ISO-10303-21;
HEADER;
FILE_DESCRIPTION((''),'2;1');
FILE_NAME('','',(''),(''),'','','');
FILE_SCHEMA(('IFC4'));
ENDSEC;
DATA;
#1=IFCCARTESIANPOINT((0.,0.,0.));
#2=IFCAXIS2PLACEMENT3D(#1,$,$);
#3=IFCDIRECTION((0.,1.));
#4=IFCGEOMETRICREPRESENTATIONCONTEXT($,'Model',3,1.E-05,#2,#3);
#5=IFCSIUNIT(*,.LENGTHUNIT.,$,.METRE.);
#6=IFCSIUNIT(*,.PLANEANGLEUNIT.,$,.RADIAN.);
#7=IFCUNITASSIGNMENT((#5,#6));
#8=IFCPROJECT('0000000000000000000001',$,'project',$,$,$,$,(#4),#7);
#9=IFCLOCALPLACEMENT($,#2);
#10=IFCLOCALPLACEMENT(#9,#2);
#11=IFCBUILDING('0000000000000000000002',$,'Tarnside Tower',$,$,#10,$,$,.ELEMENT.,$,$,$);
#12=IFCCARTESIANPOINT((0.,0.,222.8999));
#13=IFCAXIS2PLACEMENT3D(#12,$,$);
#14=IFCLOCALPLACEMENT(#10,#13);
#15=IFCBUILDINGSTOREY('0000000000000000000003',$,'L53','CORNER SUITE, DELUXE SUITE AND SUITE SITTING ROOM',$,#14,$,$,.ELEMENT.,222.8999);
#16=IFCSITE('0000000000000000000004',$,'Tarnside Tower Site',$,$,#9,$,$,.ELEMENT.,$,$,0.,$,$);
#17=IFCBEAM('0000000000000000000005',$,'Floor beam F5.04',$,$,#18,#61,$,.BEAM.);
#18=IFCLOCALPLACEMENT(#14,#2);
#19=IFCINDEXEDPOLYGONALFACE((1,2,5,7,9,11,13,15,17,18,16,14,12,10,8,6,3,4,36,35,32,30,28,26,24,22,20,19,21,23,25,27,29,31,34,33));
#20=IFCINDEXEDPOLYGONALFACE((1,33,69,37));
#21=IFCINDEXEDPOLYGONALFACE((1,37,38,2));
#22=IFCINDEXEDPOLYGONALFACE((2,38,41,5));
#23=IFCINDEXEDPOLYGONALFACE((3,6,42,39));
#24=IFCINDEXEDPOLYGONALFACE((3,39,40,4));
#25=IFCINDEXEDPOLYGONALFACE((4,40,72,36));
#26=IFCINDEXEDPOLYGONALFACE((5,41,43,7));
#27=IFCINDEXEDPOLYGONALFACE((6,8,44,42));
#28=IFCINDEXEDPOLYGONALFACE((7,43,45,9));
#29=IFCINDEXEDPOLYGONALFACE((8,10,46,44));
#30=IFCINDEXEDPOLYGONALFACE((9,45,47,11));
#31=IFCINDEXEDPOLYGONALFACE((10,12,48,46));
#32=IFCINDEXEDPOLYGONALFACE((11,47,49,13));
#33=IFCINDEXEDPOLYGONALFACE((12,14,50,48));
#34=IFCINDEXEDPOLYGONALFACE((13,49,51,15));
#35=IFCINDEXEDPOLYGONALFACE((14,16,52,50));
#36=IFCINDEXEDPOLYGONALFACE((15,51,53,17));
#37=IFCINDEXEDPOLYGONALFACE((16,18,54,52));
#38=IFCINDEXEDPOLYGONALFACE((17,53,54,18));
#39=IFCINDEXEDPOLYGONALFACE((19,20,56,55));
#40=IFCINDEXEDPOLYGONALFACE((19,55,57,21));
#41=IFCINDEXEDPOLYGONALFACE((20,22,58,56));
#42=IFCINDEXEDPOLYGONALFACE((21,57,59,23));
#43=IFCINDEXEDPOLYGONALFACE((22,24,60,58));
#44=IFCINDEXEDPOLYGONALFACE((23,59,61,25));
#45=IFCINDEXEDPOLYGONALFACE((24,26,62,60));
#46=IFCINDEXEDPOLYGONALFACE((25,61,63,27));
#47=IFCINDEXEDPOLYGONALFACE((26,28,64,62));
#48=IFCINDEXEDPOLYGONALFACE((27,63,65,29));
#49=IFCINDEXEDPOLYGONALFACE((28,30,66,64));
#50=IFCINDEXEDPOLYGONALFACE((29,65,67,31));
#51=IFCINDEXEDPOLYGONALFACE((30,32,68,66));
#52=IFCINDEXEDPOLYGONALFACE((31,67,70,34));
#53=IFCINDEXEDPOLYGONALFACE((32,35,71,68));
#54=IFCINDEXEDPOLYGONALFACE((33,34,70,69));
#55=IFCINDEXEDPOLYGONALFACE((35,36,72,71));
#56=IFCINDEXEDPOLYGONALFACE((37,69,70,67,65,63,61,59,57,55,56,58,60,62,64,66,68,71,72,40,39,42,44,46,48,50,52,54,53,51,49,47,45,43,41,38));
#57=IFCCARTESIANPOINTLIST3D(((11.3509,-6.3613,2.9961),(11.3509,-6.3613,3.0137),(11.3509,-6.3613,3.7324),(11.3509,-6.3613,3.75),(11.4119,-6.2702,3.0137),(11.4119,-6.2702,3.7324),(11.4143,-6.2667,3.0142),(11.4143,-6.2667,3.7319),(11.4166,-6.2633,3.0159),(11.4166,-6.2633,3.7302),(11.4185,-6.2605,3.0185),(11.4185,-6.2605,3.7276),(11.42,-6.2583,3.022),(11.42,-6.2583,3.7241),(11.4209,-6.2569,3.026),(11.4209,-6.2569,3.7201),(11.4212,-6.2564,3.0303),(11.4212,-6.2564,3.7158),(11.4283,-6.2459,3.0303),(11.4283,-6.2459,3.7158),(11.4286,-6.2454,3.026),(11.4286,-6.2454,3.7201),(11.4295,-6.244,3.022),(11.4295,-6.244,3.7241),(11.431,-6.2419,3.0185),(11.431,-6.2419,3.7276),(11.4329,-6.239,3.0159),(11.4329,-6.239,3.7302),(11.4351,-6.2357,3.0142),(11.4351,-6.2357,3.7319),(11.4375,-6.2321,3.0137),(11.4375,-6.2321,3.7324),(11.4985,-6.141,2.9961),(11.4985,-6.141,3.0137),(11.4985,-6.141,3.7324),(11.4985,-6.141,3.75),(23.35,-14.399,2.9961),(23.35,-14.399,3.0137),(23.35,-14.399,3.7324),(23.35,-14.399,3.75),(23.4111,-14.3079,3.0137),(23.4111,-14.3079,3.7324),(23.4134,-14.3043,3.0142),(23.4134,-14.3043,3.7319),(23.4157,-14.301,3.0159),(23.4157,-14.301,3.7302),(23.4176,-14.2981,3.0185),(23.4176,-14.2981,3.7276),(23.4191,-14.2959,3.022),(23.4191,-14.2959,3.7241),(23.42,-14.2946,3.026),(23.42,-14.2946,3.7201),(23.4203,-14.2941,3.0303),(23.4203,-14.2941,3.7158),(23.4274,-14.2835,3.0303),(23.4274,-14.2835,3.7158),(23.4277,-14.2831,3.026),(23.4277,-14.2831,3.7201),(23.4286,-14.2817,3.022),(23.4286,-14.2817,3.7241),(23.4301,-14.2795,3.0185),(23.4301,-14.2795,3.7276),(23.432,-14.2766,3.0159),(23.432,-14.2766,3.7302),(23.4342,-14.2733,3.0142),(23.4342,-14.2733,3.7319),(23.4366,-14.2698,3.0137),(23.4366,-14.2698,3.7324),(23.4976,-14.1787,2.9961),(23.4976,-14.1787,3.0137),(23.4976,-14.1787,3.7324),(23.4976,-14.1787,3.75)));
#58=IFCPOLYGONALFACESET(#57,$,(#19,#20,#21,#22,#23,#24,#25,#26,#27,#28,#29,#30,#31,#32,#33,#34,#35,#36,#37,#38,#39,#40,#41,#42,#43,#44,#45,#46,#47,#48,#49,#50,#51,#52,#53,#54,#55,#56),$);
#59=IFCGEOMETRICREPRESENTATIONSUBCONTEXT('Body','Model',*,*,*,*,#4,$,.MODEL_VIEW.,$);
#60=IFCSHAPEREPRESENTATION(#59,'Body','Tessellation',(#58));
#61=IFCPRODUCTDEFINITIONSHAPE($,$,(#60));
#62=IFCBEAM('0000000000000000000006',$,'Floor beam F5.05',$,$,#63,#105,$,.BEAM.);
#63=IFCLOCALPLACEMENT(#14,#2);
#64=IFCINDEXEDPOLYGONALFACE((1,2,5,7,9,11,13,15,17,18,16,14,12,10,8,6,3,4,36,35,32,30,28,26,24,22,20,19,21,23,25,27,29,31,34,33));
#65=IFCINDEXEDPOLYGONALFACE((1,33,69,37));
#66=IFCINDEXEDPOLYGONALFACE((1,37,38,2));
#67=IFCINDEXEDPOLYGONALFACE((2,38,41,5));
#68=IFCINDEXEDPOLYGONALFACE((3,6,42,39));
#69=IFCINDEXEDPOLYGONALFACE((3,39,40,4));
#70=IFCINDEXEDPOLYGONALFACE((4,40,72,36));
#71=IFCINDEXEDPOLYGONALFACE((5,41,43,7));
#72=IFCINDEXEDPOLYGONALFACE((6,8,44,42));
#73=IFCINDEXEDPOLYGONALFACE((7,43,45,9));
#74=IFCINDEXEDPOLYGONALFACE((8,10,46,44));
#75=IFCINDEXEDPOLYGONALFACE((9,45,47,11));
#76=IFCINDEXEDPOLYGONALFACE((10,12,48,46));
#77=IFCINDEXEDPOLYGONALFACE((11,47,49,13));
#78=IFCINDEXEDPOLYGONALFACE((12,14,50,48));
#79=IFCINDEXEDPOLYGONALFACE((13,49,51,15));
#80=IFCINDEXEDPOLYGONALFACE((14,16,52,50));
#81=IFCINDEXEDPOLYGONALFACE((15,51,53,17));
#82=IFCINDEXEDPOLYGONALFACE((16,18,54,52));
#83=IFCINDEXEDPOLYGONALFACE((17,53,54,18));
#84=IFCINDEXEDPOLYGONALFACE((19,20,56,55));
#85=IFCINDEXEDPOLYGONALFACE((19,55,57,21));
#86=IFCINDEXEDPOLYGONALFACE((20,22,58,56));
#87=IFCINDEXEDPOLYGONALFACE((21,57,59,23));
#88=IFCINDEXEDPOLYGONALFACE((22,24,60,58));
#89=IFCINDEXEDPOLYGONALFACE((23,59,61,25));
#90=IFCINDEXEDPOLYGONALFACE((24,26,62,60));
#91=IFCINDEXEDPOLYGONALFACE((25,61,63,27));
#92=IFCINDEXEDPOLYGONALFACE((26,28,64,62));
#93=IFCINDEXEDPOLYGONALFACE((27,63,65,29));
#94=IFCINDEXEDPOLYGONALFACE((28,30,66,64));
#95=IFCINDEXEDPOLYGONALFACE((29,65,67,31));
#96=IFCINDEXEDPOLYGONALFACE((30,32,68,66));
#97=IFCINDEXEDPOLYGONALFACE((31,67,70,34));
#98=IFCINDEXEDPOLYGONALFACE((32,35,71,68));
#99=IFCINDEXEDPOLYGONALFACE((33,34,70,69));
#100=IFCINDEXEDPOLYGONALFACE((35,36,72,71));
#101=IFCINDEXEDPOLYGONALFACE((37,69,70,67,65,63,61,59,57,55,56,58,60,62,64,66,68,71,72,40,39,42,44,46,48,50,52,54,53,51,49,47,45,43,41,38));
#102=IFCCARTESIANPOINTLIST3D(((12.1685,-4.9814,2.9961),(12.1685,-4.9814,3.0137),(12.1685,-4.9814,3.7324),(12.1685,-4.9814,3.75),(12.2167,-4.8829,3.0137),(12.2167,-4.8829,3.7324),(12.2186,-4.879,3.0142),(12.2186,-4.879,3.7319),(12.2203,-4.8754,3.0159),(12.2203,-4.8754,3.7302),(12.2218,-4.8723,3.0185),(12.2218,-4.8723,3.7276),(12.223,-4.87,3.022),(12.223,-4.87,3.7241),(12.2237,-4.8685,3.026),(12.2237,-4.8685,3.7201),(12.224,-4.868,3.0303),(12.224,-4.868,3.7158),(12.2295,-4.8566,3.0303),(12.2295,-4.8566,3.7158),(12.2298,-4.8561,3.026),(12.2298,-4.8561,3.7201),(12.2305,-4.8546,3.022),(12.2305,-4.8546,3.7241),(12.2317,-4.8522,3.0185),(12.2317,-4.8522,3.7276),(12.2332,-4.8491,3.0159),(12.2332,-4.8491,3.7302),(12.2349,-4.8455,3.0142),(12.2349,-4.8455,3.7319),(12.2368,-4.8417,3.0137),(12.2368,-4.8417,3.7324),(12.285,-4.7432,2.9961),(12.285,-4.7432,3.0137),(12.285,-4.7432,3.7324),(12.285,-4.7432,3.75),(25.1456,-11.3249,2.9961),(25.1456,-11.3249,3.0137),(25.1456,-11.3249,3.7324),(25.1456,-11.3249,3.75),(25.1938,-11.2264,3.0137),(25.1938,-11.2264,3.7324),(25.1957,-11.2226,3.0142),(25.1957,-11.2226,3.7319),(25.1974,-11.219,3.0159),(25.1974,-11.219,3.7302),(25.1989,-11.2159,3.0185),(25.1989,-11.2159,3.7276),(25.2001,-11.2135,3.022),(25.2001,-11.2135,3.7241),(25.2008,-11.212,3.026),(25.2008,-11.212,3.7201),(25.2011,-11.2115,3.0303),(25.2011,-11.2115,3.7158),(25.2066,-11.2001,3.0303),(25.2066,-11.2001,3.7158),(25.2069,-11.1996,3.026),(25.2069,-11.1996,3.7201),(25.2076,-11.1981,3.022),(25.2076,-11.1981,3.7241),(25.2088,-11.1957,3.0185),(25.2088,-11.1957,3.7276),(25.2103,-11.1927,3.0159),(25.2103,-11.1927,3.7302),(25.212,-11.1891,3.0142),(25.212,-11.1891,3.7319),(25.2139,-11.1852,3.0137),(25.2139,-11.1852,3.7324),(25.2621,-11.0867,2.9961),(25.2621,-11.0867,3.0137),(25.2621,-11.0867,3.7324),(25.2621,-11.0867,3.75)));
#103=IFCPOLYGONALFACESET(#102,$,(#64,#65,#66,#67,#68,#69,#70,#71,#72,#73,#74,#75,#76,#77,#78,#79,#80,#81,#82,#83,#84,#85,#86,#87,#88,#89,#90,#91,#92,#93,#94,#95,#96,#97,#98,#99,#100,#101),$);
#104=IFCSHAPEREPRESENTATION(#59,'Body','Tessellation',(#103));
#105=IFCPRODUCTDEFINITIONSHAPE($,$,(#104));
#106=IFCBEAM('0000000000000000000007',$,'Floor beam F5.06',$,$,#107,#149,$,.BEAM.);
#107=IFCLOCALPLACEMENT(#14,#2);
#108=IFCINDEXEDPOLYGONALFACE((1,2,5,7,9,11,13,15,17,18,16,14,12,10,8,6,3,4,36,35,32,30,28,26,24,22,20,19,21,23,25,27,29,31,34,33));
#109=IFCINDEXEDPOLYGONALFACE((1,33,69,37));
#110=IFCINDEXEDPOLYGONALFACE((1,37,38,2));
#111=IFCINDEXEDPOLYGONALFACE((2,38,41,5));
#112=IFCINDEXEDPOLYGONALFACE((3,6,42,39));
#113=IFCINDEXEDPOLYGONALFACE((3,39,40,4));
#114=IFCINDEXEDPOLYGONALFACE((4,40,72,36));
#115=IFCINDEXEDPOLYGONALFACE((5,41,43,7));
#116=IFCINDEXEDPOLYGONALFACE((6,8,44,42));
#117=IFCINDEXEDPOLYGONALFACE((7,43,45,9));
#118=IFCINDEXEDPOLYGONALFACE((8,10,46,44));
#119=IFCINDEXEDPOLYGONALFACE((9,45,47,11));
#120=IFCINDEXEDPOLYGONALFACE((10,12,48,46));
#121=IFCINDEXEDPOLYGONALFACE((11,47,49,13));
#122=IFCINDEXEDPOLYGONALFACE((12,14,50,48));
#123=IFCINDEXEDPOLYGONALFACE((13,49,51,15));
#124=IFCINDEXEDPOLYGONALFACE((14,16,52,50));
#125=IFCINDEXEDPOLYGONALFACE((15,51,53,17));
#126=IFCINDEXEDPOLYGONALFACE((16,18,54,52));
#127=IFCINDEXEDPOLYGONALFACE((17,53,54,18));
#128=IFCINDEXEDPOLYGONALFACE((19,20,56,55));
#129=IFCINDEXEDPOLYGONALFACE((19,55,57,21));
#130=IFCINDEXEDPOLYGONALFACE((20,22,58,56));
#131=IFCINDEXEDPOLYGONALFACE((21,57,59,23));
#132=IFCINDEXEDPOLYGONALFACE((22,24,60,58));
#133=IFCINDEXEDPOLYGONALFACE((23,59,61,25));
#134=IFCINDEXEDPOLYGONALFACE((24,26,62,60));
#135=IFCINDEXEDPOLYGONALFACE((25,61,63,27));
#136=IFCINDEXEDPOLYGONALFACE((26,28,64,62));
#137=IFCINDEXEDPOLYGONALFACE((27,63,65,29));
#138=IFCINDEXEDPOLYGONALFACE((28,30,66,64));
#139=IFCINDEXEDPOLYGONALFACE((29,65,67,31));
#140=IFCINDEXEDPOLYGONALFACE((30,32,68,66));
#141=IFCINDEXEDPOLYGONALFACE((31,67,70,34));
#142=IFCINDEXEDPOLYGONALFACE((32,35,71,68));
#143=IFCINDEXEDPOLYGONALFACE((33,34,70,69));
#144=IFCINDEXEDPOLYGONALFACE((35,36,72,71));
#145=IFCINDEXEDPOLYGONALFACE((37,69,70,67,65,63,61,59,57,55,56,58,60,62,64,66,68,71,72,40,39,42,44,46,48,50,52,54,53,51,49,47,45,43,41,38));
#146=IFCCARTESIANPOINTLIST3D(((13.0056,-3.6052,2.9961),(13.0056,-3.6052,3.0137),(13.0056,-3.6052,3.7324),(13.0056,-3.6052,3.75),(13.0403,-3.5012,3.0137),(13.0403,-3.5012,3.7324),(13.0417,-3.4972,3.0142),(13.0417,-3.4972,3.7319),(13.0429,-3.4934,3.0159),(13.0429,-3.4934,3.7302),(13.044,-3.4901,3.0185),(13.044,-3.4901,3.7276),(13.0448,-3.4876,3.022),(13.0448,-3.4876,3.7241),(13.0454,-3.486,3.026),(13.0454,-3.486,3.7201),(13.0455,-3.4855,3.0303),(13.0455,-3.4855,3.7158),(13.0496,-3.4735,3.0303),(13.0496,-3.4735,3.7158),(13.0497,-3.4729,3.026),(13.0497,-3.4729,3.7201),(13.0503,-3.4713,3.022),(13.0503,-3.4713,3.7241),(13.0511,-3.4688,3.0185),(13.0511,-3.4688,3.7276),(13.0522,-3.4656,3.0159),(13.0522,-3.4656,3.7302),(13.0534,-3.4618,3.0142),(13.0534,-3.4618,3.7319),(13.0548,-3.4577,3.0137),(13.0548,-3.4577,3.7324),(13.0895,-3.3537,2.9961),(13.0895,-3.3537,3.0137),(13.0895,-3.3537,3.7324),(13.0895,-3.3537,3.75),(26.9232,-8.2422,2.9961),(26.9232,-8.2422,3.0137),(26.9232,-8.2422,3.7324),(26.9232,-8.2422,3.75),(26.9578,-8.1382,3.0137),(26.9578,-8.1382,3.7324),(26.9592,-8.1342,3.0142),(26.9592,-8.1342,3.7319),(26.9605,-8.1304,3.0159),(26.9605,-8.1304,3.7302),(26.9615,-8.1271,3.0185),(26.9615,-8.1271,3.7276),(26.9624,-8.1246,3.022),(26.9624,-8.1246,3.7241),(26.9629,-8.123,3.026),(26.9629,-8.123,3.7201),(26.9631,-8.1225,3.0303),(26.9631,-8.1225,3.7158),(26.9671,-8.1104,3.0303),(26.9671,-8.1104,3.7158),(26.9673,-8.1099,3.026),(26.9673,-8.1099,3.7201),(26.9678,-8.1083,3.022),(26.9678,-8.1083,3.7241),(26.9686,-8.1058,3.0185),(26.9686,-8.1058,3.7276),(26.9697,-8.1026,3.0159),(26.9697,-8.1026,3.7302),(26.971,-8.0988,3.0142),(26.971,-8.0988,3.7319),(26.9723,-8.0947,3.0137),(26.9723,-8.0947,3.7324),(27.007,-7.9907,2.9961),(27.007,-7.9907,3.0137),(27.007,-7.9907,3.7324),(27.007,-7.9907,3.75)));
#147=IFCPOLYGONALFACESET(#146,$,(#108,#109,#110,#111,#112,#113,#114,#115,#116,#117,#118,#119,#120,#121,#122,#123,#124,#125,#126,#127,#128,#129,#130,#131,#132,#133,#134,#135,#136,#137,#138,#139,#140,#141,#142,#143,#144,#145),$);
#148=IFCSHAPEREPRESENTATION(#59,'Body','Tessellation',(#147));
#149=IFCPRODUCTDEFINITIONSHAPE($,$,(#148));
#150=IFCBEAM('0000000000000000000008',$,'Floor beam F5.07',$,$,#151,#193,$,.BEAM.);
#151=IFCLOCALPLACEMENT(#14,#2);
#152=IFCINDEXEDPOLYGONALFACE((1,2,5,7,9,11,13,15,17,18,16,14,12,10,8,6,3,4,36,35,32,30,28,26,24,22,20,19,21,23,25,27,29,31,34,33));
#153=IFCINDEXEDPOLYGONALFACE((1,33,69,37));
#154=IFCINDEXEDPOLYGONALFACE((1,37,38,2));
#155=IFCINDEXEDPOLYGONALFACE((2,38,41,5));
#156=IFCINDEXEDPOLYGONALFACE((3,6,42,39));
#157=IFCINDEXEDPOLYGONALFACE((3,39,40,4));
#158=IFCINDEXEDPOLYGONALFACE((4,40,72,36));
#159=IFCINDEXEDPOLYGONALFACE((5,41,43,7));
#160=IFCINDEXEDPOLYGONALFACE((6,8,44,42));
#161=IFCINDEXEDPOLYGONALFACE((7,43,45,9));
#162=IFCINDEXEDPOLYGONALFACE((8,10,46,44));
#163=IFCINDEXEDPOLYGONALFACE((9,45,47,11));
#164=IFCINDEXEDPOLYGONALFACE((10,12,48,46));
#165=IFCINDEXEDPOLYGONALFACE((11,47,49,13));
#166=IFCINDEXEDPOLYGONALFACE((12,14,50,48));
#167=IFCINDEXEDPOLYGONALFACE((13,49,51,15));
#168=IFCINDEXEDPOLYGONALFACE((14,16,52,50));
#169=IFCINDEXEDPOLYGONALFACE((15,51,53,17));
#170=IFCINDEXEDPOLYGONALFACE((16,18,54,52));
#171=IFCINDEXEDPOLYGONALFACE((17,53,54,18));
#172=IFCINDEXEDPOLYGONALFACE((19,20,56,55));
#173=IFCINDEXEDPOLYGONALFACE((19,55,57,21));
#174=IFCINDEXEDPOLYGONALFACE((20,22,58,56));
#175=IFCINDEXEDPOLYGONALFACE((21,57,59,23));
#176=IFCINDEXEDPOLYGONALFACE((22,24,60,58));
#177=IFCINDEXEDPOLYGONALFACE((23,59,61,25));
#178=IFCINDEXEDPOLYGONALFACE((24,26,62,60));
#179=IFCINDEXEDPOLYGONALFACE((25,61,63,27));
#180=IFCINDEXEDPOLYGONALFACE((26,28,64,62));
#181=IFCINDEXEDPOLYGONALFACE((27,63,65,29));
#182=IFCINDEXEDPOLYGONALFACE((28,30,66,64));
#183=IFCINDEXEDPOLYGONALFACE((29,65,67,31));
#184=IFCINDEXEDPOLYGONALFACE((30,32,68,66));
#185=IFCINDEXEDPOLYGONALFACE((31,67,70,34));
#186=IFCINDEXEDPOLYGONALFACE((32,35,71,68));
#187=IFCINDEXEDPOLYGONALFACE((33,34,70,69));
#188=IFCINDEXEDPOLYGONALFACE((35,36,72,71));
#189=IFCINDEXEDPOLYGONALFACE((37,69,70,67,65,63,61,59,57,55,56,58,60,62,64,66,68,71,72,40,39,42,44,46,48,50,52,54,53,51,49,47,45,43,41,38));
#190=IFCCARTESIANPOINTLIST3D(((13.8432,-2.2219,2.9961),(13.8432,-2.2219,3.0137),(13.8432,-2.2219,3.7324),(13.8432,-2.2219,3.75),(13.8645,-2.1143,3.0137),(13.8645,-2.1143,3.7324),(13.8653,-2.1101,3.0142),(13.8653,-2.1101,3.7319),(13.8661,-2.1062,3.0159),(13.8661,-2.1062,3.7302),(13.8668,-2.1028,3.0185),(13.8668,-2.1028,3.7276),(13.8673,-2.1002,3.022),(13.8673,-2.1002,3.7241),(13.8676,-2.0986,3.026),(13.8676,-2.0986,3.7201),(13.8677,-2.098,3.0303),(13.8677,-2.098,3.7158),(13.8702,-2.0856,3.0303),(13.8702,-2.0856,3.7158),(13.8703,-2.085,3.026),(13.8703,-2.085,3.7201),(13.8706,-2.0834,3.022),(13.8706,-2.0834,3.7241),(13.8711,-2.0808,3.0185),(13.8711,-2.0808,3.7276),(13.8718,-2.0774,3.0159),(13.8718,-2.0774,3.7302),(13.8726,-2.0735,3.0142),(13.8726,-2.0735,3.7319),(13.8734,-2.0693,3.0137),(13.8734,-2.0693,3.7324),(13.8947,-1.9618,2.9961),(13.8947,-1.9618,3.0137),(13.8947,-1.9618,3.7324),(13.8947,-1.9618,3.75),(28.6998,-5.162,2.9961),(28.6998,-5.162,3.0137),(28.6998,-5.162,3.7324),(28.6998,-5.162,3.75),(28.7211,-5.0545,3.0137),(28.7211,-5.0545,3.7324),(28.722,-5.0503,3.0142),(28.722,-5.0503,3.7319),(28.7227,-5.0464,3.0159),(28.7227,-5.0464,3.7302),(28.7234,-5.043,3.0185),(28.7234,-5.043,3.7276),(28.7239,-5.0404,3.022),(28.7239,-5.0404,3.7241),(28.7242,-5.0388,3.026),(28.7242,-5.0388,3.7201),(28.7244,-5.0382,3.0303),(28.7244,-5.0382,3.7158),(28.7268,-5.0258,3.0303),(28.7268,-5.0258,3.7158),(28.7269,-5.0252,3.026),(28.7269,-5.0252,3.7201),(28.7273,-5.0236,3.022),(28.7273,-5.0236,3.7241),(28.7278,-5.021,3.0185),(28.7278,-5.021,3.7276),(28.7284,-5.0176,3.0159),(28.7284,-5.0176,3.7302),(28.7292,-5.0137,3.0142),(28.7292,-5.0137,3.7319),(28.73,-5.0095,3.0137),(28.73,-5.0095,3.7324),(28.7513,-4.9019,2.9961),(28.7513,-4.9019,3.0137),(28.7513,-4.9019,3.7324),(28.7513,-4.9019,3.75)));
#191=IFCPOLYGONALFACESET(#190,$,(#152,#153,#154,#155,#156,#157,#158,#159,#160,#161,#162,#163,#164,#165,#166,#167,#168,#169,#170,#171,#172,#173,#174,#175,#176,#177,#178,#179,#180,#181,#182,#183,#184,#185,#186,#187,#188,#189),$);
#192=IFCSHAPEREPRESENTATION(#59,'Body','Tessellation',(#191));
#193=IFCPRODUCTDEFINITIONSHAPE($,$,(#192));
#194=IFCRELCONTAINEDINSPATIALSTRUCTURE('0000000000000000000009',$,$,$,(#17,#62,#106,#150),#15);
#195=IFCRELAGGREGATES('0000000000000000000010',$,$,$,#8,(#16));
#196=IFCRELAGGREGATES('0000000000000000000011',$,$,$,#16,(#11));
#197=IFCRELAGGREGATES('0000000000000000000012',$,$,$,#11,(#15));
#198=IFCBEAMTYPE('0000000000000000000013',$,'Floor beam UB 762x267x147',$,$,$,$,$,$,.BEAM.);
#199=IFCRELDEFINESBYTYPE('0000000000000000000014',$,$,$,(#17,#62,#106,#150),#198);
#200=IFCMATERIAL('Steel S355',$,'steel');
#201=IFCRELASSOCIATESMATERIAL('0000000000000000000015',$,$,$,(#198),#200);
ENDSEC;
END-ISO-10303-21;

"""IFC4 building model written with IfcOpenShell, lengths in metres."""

from ifc_helpers import new_model, si_unit, direction, frame, origin, origin_2d, place, context, subcontext, project, spatial, i_section, extrude, material, material_profile, profile_set, type_object, element, save


model = new_model("IFC4")

# Units and contexts
model_context = context("Model", 3, precision=1e-05, world=origin(), true_north=direction((0.0, 1.0)))
body_context = subcontext(model_context, "Body", "Model", "MODEL_VIEW")
ifc_project = project(units=[si_unit("LENGTHUNIT", "METRE"), si_unit("PLANEANGLEUNIT", "RADIAN")], contexts=[model_context])

# Site, building, storey
site_placement = place(None, origin())
site = spatial("IfcSite", under=ifc_project, at=site_placement, Name="Tarnside Tower Site", CompositionType="ELEMENT", RefElevation=0.0)
building_placement = place(site_placement, origin())
building = spatial("IfcBuilding", under=site, at=building_placement, Name="Tarnside Tower", CompositionType="ELEMENT")
storey_placement = place(building_placement, frame((0.0, 0.0, 222.8999)))
storey = spatial("IfcBuildingStorey", under=building, at=storey_placement, Name="L53", Description="CORNER SUITE, DELUXE SUITE AND SUITE SITTING ROOM", CompositionType="ELEMENT", Elevation=222.8999)

# Beams
ifc_material_1 = material(Name="Steel S355", Category="steel")
ifc_material_profile_1 = material_profile(ifc_material_1, i_section(OverallWidth=0.2651, OverallDepth=0.7539, WebThickness=0.0127, FlangeThickness=0.0176, FilletRadius=0.0166, at=origin_2d()), Name="UB 762x267x147")
ifc_profile_set_1 = profile_set([ifc_material_profile_1], Name="Steel S355")
beam_type_1 = type_object("IfcBeamType", Name="Floor beam UB 762x267x147", PredefinedType="BEAM", material=ifc_profile_set_1)
beam_1_placement = place(storey_placement, frame((23.4238, -14.2888, 3.373), z_axis=(-0.830826, 0.556532, 0.0), x_axis=(-0.556532, -0.830826, 0.0)))
element("IfcBeam", 1, at=beam_1_placement, inside=storey, type_object=beam_type_1, Name="Floor beam F5.04", PredefinedType="BEAM", context=body_context, shape_type="SweptSolid", body=[
    extrude(i_section(OverallWidth=0.2651, OverallDepth=0.7539, WebThickness=0.0127, FlangeThickness=0.0176, FilletRadius=0.0166, at=origin_2d()), origin(), (0.0, 0.0, 1.0), 14.4424),
])
beam_2_placement = place(storey_placement, frame((25.2039, -11.2058, 3.373), z_axis=(-0.898407, 0.439164, 0.0), x_axis=(-0.439164, -0.898407, 0.0)))
element("IfcBeam", 2, at=beam_2_placement, inside=storey, type_object=beam_type_1, Name="Floor beam F5.05", PredefinedType="BEAM", context=body_context, shape_type="SweptSolid", body=[
    extrude(i_section(OverallWidth=0.2651, OverallDepth=0.7539, WebThickness=0.0127, FlangeThickness=0.0176, FilletRadius=0.0166, at=origin_2d()), origin(), (0.0, 0.0, 1.0), 14.4446),
])
beam_3_placement = place(storey_placement, frame((26.9651, -8.1165, 3.373), z_axis=(-0.948728, 0.316093, 0.0), x_axis=(-0.316093, -0.948728, 0.0)))
element("IfcBeam", 3, at=beam_3_placement, inside=storey, type_object=beam_type_1, Name="Floor beam F5.06", PredefinedType="BEAM", context=body_context, shape_type="SweptSolid", body=[
    extrude(i_section(OverallWidth=0.2651, OverallDepth=0.7539, WebThickness=0.0127, FlangeThickness=0.0176, FilletRadius=0.0166, at=origin_2d()), origin(), (0.0, 0.0, 1.0), 14.6697),
])
beam_4_placement = place(storey_placement, frame((28.7256, -5.032, 3.373), z_axis=(-0.980974, 0.194138, 0.0), x_axis=(-0.194138, -0.980974, 0.0)))
element("IfcBeam", 4, at=beam_4_placement, inside=storey, type_object=beam_type_1, Name="Floor beam F5.07", PredefinedType="BEAM", context=body_context, shape_type="SweptSolid", body=[
    extrude(i_section(OverallWidth=0.2651, OverallDepth=0.7539, WebThickness=0.0127, FlangeThickness=0.0176, FilletRadius=0.0166, at=origin_2d()), origin(), (0.0, 0.0, 1.0), 15.1448),
])

save(model, "model.ifc")
